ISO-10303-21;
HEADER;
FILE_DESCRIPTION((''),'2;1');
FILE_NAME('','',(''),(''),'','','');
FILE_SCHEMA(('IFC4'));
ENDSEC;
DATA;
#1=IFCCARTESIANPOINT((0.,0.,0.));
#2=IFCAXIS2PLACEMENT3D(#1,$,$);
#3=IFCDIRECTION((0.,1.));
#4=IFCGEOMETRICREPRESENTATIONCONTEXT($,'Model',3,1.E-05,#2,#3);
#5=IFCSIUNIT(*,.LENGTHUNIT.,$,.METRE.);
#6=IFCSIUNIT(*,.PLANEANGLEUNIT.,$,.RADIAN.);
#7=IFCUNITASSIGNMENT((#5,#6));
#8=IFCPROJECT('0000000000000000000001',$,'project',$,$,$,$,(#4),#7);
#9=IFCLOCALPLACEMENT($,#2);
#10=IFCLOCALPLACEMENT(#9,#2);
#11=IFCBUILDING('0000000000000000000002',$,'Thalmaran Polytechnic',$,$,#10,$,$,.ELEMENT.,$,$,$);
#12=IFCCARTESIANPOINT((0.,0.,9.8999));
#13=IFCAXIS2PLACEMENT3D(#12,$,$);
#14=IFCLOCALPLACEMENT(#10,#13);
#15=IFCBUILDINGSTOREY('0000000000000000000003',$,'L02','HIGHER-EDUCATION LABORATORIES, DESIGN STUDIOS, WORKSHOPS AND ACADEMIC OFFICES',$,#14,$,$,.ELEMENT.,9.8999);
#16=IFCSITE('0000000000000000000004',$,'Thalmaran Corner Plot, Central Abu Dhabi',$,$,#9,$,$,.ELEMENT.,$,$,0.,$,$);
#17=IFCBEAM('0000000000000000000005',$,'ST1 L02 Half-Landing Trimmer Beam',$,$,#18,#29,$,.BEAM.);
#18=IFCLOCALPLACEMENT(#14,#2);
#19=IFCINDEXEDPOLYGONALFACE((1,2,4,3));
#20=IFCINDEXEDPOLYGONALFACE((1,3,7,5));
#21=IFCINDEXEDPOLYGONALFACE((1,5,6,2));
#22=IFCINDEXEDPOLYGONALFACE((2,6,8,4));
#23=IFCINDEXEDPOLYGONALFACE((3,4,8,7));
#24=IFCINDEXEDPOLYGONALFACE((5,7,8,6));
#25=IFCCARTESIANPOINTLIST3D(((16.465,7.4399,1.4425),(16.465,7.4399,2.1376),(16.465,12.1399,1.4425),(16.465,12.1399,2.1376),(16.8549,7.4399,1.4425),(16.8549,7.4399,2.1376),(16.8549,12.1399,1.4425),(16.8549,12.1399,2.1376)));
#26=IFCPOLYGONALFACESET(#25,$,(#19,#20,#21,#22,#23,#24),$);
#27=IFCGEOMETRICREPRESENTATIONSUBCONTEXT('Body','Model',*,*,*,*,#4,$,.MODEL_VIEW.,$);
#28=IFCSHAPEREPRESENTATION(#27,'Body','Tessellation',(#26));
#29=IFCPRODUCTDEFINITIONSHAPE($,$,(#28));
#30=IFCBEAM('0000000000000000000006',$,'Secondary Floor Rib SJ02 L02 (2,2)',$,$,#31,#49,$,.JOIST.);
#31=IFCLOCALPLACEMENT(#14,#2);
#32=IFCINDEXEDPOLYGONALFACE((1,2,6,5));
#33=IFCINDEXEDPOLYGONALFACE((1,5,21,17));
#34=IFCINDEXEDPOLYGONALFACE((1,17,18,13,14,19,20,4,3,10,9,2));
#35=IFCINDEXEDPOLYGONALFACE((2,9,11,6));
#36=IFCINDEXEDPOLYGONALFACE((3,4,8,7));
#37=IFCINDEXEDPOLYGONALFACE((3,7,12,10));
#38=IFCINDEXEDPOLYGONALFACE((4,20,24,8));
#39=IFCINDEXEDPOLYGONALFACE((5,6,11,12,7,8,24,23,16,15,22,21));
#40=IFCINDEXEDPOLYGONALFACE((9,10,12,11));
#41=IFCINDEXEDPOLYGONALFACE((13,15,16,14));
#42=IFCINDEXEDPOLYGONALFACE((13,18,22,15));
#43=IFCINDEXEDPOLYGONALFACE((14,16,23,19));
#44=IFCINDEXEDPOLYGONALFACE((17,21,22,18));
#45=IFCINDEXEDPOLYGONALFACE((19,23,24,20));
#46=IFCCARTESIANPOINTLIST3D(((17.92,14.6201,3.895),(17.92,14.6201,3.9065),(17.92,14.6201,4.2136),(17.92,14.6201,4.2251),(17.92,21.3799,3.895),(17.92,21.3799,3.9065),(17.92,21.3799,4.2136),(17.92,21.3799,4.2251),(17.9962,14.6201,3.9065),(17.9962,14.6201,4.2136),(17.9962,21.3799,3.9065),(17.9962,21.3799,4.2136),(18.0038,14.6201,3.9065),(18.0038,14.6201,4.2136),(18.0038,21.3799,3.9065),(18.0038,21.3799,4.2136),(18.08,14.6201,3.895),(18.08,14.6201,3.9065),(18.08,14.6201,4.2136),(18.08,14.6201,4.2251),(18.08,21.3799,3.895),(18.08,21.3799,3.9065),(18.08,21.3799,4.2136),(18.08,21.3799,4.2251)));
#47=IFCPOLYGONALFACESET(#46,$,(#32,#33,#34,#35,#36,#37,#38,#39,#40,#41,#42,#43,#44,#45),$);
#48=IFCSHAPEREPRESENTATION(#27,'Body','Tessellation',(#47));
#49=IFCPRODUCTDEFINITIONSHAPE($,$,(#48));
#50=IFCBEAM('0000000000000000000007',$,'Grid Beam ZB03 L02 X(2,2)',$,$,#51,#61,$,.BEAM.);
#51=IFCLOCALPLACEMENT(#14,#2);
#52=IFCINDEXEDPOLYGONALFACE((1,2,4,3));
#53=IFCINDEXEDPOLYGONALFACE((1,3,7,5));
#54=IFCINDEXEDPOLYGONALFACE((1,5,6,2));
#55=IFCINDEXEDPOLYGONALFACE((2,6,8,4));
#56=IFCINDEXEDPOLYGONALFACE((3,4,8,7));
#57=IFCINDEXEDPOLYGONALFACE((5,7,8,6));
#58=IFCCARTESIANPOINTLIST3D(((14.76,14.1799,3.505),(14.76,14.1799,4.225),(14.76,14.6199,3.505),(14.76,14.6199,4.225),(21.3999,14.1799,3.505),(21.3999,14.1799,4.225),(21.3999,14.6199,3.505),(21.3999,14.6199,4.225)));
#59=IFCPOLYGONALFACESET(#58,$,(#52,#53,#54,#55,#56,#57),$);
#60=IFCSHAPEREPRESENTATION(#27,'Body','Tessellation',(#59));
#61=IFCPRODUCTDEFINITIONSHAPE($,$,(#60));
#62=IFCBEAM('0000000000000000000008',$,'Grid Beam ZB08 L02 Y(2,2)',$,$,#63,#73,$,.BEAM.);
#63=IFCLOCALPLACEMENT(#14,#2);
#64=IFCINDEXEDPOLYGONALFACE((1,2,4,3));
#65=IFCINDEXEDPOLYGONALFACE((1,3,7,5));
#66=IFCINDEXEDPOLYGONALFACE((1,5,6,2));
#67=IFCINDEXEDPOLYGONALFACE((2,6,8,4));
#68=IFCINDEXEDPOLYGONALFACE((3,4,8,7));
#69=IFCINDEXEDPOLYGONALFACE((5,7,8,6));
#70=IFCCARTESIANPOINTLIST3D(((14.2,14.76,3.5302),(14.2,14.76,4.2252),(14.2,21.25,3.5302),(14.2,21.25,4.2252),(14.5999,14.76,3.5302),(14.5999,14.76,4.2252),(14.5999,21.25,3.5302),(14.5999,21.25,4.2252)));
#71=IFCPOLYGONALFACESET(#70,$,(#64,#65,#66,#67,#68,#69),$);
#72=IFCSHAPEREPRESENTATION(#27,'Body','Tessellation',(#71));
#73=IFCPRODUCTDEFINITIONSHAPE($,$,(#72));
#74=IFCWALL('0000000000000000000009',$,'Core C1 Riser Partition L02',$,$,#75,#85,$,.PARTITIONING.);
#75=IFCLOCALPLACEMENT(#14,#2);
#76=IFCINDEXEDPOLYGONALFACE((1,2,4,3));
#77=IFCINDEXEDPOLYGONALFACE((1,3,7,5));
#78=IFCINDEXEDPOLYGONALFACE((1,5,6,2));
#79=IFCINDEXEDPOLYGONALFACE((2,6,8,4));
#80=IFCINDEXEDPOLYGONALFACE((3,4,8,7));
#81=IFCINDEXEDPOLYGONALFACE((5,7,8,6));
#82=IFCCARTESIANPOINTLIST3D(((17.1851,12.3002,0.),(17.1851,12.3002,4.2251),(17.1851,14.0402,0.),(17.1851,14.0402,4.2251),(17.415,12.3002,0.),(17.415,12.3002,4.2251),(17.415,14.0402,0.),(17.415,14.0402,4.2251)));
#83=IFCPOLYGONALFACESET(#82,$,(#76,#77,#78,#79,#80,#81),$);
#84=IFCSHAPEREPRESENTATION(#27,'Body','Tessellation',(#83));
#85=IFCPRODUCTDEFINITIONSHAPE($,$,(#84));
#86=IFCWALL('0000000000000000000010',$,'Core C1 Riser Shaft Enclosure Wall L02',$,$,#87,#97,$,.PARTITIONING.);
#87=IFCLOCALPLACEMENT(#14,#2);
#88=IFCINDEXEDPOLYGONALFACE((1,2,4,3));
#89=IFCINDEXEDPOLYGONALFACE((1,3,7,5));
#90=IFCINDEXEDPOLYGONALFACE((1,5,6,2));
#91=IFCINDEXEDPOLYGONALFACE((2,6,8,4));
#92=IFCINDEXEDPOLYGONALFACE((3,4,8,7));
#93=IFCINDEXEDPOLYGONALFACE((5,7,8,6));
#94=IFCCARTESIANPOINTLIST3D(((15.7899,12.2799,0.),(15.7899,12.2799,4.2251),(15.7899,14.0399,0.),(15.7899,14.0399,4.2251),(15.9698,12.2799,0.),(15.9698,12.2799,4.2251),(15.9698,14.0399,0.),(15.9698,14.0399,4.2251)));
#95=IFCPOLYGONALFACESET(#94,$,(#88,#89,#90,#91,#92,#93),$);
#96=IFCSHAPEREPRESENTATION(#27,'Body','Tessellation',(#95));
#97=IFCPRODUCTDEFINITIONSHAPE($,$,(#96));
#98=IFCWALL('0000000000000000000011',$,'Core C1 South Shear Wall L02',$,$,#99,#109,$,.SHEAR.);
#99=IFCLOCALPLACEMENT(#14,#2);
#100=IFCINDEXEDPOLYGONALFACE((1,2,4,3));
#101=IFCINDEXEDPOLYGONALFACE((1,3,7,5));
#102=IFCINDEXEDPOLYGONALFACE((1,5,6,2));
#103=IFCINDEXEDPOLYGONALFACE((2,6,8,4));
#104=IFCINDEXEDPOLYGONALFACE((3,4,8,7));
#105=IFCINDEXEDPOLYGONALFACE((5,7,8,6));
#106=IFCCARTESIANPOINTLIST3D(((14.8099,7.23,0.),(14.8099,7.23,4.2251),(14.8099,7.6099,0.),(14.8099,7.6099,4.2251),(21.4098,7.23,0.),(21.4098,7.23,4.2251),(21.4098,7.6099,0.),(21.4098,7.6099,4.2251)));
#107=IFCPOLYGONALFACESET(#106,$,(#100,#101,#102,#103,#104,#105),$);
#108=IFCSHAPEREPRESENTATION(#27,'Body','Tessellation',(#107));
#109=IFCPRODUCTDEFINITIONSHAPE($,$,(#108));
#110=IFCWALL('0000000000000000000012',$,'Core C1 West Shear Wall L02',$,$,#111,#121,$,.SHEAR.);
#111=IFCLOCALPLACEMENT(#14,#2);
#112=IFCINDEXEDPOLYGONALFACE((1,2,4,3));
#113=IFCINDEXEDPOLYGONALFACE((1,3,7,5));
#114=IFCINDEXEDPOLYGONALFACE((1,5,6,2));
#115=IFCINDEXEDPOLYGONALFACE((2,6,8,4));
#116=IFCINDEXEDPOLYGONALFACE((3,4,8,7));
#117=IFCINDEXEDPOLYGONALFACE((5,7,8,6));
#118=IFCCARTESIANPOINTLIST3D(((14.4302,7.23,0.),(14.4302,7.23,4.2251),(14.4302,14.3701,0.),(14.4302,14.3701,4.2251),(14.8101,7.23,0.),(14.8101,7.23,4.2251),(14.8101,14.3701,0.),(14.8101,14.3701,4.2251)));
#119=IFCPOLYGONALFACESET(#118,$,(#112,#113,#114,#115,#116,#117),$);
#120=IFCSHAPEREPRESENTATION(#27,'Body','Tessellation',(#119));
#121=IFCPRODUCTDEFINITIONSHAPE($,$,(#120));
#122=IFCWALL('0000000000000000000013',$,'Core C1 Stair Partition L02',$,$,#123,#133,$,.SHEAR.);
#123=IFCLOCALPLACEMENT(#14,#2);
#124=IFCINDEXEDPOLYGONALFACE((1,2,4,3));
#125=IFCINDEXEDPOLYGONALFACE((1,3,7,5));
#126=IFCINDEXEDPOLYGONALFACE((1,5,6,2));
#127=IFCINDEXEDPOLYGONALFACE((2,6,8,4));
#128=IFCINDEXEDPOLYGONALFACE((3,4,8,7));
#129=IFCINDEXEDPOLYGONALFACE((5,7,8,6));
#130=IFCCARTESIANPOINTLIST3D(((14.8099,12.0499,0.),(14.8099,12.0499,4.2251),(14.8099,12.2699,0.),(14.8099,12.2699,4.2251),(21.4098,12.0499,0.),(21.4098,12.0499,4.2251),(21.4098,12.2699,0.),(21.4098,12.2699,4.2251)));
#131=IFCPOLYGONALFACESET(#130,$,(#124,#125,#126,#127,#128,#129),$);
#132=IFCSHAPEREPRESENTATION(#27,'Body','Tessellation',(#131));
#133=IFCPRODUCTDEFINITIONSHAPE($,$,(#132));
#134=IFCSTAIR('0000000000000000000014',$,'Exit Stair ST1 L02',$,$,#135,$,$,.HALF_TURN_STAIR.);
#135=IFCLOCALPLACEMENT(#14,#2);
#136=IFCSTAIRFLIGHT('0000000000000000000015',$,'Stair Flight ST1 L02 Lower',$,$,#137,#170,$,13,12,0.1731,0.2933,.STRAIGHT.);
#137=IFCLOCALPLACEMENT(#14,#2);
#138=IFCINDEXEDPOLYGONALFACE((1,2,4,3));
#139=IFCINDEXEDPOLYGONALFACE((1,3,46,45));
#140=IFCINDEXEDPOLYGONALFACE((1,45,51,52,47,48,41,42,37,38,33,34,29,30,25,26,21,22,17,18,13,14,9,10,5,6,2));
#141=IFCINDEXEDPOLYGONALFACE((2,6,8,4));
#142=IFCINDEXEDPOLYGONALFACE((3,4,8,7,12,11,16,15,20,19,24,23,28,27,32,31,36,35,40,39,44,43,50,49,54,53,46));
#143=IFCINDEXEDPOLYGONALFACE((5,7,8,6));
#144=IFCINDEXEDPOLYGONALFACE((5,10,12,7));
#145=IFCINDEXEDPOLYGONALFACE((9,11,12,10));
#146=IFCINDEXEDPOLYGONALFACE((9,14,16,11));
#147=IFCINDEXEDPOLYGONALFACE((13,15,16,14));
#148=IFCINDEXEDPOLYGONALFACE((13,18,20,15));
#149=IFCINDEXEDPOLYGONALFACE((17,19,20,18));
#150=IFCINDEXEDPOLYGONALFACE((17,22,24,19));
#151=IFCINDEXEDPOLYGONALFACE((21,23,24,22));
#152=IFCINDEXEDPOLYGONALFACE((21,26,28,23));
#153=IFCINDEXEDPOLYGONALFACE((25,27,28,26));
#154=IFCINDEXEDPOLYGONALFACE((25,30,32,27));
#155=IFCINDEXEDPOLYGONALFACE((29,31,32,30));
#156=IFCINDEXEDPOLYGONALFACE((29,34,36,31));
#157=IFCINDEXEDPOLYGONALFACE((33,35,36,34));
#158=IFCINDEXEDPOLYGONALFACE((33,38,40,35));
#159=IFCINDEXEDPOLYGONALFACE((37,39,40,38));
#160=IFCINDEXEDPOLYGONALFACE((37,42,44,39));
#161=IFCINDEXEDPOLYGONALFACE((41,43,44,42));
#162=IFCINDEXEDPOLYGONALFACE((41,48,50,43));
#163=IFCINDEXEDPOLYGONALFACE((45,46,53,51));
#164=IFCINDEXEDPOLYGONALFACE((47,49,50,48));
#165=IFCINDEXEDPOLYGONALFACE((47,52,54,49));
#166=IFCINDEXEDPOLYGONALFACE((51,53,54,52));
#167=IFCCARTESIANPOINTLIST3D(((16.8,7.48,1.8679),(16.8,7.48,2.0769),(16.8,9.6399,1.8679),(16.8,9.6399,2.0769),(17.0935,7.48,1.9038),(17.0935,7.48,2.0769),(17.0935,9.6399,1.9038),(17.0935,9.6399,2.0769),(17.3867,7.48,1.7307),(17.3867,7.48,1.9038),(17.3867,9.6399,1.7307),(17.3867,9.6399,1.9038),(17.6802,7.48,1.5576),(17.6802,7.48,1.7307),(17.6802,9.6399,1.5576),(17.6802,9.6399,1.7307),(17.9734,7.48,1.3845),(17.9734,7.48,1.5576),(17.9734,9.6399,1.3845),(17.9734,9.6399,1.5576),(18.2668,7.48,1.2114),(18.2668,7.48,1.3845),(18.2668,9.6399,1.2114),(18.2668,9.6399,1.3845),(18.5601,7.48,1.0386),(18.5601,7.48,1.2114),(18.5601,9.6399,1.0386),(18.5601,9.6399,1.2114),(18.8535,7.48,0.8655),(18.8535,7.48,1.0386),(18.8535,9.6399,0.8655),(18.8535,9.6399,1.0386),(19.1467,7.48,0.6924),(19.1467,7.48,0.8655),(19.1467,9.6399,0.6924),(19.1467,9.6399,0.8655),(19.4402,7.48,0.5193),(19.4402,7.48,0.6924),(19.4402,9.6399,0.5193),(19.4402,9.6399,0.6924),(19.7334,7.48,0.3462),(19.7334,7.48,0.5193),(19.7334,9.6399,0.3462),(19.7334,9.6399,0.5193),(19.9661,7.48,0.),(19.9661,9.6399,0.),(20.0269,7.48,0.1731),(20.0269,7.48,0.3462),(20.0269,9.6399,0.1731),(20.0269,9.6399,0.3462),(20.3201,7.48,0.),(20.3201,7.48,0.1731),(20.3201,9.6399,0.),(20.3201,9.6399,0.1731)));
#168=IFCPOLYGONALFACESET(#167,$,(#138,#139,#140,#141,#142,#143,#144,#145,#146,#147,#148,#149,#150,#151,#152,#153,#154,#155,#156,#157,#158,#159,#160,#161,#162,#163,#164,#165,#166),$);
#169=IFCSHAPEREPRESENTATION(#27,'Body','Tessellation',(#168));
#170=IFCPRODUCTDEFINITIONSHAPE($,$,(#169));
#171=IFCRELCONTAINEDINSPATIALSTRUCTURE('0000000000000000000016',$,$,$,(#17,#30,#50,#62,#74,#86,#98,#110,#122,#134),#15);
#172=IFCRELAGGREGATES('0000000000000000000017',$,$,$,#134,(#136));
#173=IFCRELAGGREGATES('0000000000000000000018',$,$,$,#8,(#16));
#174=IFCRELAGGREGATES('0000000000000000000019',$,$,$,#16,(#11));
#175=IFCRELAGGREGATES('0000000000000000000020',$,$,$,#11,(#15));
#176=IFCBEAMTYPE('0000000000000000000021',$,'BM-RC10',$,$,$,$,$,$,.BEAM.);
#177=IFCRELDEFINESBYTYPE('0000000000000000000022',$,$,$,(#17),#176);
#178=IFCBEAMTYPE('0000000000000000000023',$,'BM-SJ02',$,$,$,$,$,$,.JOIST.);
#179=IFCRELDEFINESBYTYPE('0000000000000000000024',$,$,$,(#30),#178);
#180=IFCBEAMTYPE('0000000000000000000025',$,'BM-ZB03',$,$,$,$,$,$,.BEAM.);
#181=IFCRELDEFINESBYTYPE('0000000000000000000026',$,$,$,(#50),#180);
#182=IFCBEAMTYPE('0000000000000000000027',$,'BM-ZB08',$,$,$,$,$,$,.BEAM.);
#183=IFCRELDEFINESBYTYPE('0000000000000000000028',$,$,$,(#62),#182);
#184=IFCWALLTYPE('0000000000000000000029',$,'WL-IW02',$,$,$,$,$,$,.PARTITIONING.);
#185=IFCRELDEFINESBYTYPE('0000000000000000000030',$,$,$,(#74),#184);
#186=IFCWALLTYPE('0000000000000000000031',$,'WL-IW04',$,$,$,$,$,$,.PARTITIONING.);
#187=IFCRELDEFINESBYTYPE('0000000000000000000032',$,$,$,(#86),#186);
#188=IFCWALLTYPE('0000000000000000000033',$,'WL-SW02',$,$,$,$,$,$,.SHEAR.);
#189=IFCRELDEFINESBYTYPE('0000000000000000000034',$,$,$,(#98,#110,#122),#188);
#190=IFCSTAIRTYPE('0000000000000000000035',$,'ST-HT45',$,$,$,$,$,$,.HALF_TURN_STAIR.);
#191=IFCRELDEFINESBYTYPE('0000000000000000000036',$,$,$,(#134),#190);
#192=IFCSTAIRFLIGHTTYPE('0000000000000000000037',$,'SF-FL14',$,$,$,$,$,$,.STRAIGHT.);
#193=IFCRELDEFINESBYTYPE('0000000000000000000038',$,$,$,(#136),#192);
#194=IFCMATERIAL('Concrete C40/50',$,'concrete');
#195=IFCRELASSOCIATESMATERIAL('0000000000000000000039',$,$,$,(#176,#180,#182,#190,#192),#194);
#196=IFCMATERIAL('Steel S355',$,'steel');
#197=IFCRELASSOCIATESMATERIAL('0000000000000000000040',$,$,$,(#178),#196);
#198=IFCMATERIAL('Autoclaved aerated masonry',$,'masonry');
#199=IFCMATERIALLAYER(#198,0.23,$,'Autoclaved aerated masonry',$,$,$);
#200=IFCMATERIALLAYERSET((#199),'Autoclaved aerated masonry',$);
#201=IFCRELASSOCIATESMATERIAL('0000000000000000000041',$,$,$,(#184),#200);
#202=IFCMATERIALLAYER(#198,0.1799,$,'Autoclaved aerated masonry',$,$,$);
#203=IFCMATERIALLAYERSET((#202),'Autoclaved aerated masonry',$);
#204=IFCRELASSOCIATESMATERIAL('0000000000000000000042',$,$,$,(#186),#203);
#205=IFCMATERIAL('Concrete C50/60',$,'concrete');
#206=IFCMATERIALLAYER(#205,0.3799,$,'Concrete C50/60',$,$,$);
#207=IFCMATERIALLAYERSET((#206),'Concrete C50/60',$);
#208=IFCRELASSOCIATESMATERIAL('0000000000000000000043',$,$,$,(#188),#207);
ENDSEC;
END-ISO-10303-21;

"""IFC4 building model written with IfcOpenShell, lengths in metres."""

from ifc_helpers import new_model, si_unit, direction, frame, frame_2d, origin, origin_2d, place, context, subcontext, project, spatial, polyline, rectangle, i_section, outline, extrude, material, layer, layer_set, material_profile, profile_set, type_object, element, aggregate, save


model = new_model("IFC4")

# Units and contexts
model_context = context("Model", 3, precision=1e-05, world=origin(), true_north=direction((0.0, 1.0)))
body_context = subcontext(model_context, "Body", "Model", "MODEL_VIEW")
ifc_project = project(units=[si_unit("LENGTHUNIT", "METRE"), si_unit("PLANEANGLEUNIT", "RADIAN")], contexts=[model_context])

# Site, building, storey
site_placement = place(None, origin())
site = spatial("IfcSite", under=ifc_project, at=site_placement, Name="Thalmaran Corner Plot, Central Abu Dhabi", CompositionType="ELEMENT", RefElevation=0.0)
building_placement = place(site_placement, origin())
building = spatial("IfcBuilding", under=site, at=building_placement, Name="Thalmaran Polytechnic", CompositionType="ELEMENT")
storey_placement = place(building_placement, frame((0.0, 0.0, 9.8999)))
storey = spatial("IfcBuildingStorey", under=building, at=storey_placement, Name="L02", Description="HIGHER-EDUCATION LABORATORIES, DESIGN STUDIOS, WORKSHOPS AND ACADEMIC OFFICES", CompositionType="ELEMENT", Elevation=9.8999)

# Beams
ifc_material_1 = material(Name="Concrete C40/50", Category="concrete")
ifc_material_profile_1 = material_profile(ifc_material_1, rectangle(XDim=0.3899, YDim=0.6951, at=origin_2d()), Name="RC 390x695")
ifc_profile_set_1 = profile_set([ifc_material_profile_1], Name="Concrete C40/50")
beam_type_1 = type_object("IfcBeamType", Name="BM-RC10", PredefinedType="BEAM", material=ifc_profile_set_1)
beam_1_placement = place(storey_placement, frame((16.6599, 7.4399, 1.79), z_axis=(0.0, 1.0, 0.0), x_axis=(-1.0, 0.0, 0.0)))
element("IfcBeam", 1, at=beam_1_placement, inside=storey, type_object=beam_type_1, Name="ST1 L02 Half-Landing Trimmer Beam", PredefinedType="BEAM", context=body_context, shape_type="SweptSolid", body=[
    extrude(rectangle(XDim=0.3899, YDim=0.6951, at=origin_2d()), origin(), (0.0, 0.0, 1.0), 4.7),
])
ifc_material_2 = material(Name="Steel S355", Category="steel")
ifc_material_profile_2 = material_profile(ifc_material_2, i_section(OverallWidth=0.1599, OverallDepth=0.3301, WebThickness=0.0076, FlangeThickness=0.0115, at=origin_2d()), Name="IPE 330")
ifc_profile_set_2 = profile_set([ifc_material_profile_2], Name="Steel S355")
beam_type_2 = type_object("IfcBeamType", Name="BM-SJ02", PredefinedType="JOIST", material=ifc_profile_set_2)
beam_2_placement = place(storey_placement, frame((18.0, 14.6201, 4.0601), z_axis=(0.0, 1.0, 0.0), x_axis=(-1.0, 0.0, 0.0)))
element("IfcBeam", 2, at=beam_2_placement, inside=storey, type_object=beam_type_2, Name="Secondary Floor Rib SJ02 L02 (2,2)", PredefinedType="JOIST", context=body_context, shape_type="SweptSolid", body=[
    extrude(i_section(OverallWidth=0.1599, OverallDepth=0.3301, WebThickness=0.0076, FlangeThickness=0.0115, at=origin_2d()), origin(), (0.0, 0.0, 1.0), 6.7598),
])
ifc_material_profile_3 = material_profile(ifc_material_1, rectangle(XDim=0.4399, YDim=0.72, at=origin_2d()), Name="RC 440x720")
ifc_profile_set_3 = profile_set([ifc_material_profile_3], Name="Concrete C40/50")
beam_type_3 = type_object("IfcBeamType", Name="BM-ZB03", PredefinedType="BEAM", material=ifc_profile_set_3)
beam_3_placement = place(storey_placement, frame((14.76, 14.3999, 3.865), z_axis=(1.0, 0.0, 0.0), x_axis=(0.0, 1.0, 0.0)))
element("IfcBeam", 3, at=beam_3_placement, inside=storey, type_object=beam_type_3, Name="Grid Beam ZB03 L02 X(2,2)", PredefinedType="BEAM", context=body_context, shape_type="SweptSolid", body=[
    extrude(rectangle(XDim=0.4399, YDim=0.72, at=origin_2d()), origin(), (0.0, 0.0, 1.0), 6.6399),
])
ifc_material_profile_4 = material_profile(ifc_material_1, rectangle(XDim=0.3999, YDim=0.6951, at=origin_2d()), Name="RC 400x695")
ifc_profile_set_4 = profile_set([ifc_material_profile_4], Name="Concrete C40/50")
beam_type_4 = type_object("IfcBeamType", Name="BM-ZB08", PredefinedType="BEAM", material=ifc_profile_set_4)
beam_4_placement = place(storey_placement, frame((14.3999, 14.76, 3.8777), z_axis=(0.0, 1.0, 0.0), x_axis=(-1.0, 0.0, 0.0)))
element("IfcBeam", 4, at=beam_4_placement, inside=storey, type_object=beam_type_4, Name="Grid Beam ZB08 L02 Y(2,2)", PredefinedType="BEAM", context=body_context, shape_type="SweptSolid", body=[
    extrude(rectangle(XDim=0.3999, YDim=0.6951, at=origin_2d()), origin(), (0.0, 0.0, 1.0), 6.49),
])

# Walls
ifc_material_3 = material(Name="Autoclaved aerated masonry", Category="masonry")
ifc_layer_1 = layer(ifc_material_3, 0.23, Name="Autoclaved aerated masonry")
ifc_layer_set_1 = layer_set([ifc_layer_1], Name="Autoclaved aerated masonry")
wall_type_1 = type_object("IfcWallType", Name="WL-IW02", PredefinedType="PARTITIONING", material=ifc_layer_set_1)
wall_1_placement = place(storey_placement, frame((17.3, 12.3, 0.0), z_axis=(0.0, 0.0, 1.0), x_axis=(0.0, 1.0, 0.0)))
element("IfcWall", 5, at=wall_1_placement, inside=storey, type_object=wall_type_1, Name="Core C1 Riser Partition L02", PredefinedType="PARTITIONING", context=body_context, shape_type="SweptSolid", body=[
    extrude(rectangle(XDim=1.74, YDim=0.23, at=frame_2d((0.8701, 0.0))), origin(), (0.0, 0.0, 1.0), 4.2251),
])
ifc_layer_2 = layer(ifc_material_3, 0.1799, Name="Autoclaved aerated masonry")
ifc_layer_set_2 = layer_set([ifc_layer_2], Name="Autoclaved aerated masonry")
wall_type_2 = type_object("IfcWallType", Name="WL-IW04", PredefinedType="PARTITIONING", material=ifc_layer_set_2)
wall_2_placement = place(storey_placement, frame((15.8799, 12.28, 0.0), z_axis=(0.0, 0.0, 1.0), x_axis=(0.0, 1.0, 0.0)))
element("IfcWall", 6, at=wall_2_placement, inside=storey, type_object=wall_type_2, Name="Core C1 Riser Shaft Enclosure Wall L02", PredefinedType="PARTITIONING", context=body_context, shape_type="SweptSolid", body=[
    extrude(rectangle(XDim=1.76, YDim=0.1799, at=frame_2d((0.8799, 0.0))), origin(), (0.0, 0.0, 1.0), 4.2251),
])
ifc_material_4 = material(Name="Concrete C50/60", Category="concrete")
ifc_layer_3 = layer(ifc_material_4, 0.3799, Name="Concrete C50/60")
ifc_layer_set_3 = layer_set([ifc_layer_3], Name="Concrete C50/60")
wall_type_3 = type_object("IfcWallType", Name="WL-SW02", PredefinedType="SHEAR", material=ifc_layer_set_3)
wall_3_placement = place(storey_placement, frame((14.8101, 7.4199, 0.0), z_axis=(0.0, 0.0, 1.0), x_axis=(1.0, 0.0, 0.0)))
element("IfcWall", 7, at=wall_3_placement, inside=storey, type_object=wall_type_3, Name="Core C1 South Shear Wall L02", PredefinedType="SHEAR", context=body_context, shape_type="SweptSolid", body=[
    extrude(rectangle(XDim=6.5999, YDim=0.3799, at=frame_2d((3.2998, 0.0))), origin(), (0.0, 0.0, 1.0), 4.2251),
])
wall_4_placement = place(storey_placement, frame((14.6201, 14.3701, 0.0), z_axis=(0.0, 0.0, 1.0), x_axis=(0.0, -1.0, 0.0)))
element("IfcWall", 8, at=wall_4_placement, inside=storey, type_object=wall_type_3, Name="Core C1 West Shear Wall L02", PredefinedType="SHEAR", context=body_context, shape_type="SweptSolid", body=[
    extrude(rectangle(XDim=7.1401, YDim=0.3799, at=frame_2d((3.5701, 0.0))), origin(), (0.0, 0.0, 1.0), 4.2251),
])

# Wall
wall_5_placement = place(storey_placement, frame((14.8101, 12.1599, 0.0), z_axis=(0.0, 0.0, 1.0), x_axis=(1.0, 0.0, 0.0)))
element("IfcWall", 9, at=wall_5_placement, inside=storey, type_object=wall_type_3, Name="Core C1 Stair Partition L02", PredefinedType="SHEAR", context=body_context, shape_type="SweptSolid", body=[
    extrude(rectangle(XDim=6.5999, YDim=0.22, at=frame_2d((3.2998, 0.0))), origin(), (0.0, 0.0, 1.0), 4.2251),
])

# Stair, stair flight
stair_type = type_object("IfcStairType", Name="ST-HT45", PredefinedType="HALF_TURN_STAIR", material=ifc_material_1)
stair_placement = place(storey_placement, origin())
stair = element("IfcStair", 10, at=stair_placement, inside=storey, type_object=stair_type, Name="Exit Stair ST1 L02", PredefinedType="HALF_TURN_STAIR")
stair_flight_type = type_object("IfcStairFlightType", Name="SF-FL14", PredefinedType="STRAIGHT", material=ifc_material_1)
stair_flight_1_placement = place(storey_placement, frame((20.3201, 8.5601, 0.0), z_axis=(0.0, 0.0, 1.0), x_axis=(-1.0, 0.0, 0.0)))
stair_flight_1 = element("IfcStairFlight", 11, at=stair_flight_1_placement, type_object=stair_flight_type, Name="Stair Flight ST1 L02 Lower", NumberOfRisers=13, NumberOfTreads=12, PredefinedType="STRAIGHT", RiserHeight=0.1731, TreadLength=0.2933, context=body_context, shape_type="SweptSolid", body=[
    extrude(outline(polyline([(0.0, 0.0), (0.0, 0.1731), (0.2932, 0.1731), (0.2932, 0.3462), (0.5867, 0.3462), (0.5867, 0.5193), (0.8799, 0.5193), (0.8799, 0.6924), (1.1733, 0.6924), (1.1733, 0.8655), (1.4666, 0.8655), (1.4666, 1.0386), (1.76, 1.0386), (1.76, 1.2114), (2.0532, 1.2114), (2.0532, 1.3845), (2.3467, 1.3845), (2.3467, 1.5576), (2.6399, 1.5576), (2.6399, 1.7307), (2.9333, 1.7307), (2.9333, 1.9038), (3.2266, 1.9038), (3.2266, 2.0769), (3.52, 2.0769), (3.52, 2.25), (3.52, 1.8679), (0.354, 0.0), (0.0, 0.0)])), frame((0.0, 1.0801, 0.0), z_axis=(0.0, -1.0, 0.0), x_axis=(1.0, 0.0, 0.0)), (0.0, 0.0, 1.0), 2.1599),
])
aggregate(stair, [stair_flight_1])

save(model, "model.ifc")
